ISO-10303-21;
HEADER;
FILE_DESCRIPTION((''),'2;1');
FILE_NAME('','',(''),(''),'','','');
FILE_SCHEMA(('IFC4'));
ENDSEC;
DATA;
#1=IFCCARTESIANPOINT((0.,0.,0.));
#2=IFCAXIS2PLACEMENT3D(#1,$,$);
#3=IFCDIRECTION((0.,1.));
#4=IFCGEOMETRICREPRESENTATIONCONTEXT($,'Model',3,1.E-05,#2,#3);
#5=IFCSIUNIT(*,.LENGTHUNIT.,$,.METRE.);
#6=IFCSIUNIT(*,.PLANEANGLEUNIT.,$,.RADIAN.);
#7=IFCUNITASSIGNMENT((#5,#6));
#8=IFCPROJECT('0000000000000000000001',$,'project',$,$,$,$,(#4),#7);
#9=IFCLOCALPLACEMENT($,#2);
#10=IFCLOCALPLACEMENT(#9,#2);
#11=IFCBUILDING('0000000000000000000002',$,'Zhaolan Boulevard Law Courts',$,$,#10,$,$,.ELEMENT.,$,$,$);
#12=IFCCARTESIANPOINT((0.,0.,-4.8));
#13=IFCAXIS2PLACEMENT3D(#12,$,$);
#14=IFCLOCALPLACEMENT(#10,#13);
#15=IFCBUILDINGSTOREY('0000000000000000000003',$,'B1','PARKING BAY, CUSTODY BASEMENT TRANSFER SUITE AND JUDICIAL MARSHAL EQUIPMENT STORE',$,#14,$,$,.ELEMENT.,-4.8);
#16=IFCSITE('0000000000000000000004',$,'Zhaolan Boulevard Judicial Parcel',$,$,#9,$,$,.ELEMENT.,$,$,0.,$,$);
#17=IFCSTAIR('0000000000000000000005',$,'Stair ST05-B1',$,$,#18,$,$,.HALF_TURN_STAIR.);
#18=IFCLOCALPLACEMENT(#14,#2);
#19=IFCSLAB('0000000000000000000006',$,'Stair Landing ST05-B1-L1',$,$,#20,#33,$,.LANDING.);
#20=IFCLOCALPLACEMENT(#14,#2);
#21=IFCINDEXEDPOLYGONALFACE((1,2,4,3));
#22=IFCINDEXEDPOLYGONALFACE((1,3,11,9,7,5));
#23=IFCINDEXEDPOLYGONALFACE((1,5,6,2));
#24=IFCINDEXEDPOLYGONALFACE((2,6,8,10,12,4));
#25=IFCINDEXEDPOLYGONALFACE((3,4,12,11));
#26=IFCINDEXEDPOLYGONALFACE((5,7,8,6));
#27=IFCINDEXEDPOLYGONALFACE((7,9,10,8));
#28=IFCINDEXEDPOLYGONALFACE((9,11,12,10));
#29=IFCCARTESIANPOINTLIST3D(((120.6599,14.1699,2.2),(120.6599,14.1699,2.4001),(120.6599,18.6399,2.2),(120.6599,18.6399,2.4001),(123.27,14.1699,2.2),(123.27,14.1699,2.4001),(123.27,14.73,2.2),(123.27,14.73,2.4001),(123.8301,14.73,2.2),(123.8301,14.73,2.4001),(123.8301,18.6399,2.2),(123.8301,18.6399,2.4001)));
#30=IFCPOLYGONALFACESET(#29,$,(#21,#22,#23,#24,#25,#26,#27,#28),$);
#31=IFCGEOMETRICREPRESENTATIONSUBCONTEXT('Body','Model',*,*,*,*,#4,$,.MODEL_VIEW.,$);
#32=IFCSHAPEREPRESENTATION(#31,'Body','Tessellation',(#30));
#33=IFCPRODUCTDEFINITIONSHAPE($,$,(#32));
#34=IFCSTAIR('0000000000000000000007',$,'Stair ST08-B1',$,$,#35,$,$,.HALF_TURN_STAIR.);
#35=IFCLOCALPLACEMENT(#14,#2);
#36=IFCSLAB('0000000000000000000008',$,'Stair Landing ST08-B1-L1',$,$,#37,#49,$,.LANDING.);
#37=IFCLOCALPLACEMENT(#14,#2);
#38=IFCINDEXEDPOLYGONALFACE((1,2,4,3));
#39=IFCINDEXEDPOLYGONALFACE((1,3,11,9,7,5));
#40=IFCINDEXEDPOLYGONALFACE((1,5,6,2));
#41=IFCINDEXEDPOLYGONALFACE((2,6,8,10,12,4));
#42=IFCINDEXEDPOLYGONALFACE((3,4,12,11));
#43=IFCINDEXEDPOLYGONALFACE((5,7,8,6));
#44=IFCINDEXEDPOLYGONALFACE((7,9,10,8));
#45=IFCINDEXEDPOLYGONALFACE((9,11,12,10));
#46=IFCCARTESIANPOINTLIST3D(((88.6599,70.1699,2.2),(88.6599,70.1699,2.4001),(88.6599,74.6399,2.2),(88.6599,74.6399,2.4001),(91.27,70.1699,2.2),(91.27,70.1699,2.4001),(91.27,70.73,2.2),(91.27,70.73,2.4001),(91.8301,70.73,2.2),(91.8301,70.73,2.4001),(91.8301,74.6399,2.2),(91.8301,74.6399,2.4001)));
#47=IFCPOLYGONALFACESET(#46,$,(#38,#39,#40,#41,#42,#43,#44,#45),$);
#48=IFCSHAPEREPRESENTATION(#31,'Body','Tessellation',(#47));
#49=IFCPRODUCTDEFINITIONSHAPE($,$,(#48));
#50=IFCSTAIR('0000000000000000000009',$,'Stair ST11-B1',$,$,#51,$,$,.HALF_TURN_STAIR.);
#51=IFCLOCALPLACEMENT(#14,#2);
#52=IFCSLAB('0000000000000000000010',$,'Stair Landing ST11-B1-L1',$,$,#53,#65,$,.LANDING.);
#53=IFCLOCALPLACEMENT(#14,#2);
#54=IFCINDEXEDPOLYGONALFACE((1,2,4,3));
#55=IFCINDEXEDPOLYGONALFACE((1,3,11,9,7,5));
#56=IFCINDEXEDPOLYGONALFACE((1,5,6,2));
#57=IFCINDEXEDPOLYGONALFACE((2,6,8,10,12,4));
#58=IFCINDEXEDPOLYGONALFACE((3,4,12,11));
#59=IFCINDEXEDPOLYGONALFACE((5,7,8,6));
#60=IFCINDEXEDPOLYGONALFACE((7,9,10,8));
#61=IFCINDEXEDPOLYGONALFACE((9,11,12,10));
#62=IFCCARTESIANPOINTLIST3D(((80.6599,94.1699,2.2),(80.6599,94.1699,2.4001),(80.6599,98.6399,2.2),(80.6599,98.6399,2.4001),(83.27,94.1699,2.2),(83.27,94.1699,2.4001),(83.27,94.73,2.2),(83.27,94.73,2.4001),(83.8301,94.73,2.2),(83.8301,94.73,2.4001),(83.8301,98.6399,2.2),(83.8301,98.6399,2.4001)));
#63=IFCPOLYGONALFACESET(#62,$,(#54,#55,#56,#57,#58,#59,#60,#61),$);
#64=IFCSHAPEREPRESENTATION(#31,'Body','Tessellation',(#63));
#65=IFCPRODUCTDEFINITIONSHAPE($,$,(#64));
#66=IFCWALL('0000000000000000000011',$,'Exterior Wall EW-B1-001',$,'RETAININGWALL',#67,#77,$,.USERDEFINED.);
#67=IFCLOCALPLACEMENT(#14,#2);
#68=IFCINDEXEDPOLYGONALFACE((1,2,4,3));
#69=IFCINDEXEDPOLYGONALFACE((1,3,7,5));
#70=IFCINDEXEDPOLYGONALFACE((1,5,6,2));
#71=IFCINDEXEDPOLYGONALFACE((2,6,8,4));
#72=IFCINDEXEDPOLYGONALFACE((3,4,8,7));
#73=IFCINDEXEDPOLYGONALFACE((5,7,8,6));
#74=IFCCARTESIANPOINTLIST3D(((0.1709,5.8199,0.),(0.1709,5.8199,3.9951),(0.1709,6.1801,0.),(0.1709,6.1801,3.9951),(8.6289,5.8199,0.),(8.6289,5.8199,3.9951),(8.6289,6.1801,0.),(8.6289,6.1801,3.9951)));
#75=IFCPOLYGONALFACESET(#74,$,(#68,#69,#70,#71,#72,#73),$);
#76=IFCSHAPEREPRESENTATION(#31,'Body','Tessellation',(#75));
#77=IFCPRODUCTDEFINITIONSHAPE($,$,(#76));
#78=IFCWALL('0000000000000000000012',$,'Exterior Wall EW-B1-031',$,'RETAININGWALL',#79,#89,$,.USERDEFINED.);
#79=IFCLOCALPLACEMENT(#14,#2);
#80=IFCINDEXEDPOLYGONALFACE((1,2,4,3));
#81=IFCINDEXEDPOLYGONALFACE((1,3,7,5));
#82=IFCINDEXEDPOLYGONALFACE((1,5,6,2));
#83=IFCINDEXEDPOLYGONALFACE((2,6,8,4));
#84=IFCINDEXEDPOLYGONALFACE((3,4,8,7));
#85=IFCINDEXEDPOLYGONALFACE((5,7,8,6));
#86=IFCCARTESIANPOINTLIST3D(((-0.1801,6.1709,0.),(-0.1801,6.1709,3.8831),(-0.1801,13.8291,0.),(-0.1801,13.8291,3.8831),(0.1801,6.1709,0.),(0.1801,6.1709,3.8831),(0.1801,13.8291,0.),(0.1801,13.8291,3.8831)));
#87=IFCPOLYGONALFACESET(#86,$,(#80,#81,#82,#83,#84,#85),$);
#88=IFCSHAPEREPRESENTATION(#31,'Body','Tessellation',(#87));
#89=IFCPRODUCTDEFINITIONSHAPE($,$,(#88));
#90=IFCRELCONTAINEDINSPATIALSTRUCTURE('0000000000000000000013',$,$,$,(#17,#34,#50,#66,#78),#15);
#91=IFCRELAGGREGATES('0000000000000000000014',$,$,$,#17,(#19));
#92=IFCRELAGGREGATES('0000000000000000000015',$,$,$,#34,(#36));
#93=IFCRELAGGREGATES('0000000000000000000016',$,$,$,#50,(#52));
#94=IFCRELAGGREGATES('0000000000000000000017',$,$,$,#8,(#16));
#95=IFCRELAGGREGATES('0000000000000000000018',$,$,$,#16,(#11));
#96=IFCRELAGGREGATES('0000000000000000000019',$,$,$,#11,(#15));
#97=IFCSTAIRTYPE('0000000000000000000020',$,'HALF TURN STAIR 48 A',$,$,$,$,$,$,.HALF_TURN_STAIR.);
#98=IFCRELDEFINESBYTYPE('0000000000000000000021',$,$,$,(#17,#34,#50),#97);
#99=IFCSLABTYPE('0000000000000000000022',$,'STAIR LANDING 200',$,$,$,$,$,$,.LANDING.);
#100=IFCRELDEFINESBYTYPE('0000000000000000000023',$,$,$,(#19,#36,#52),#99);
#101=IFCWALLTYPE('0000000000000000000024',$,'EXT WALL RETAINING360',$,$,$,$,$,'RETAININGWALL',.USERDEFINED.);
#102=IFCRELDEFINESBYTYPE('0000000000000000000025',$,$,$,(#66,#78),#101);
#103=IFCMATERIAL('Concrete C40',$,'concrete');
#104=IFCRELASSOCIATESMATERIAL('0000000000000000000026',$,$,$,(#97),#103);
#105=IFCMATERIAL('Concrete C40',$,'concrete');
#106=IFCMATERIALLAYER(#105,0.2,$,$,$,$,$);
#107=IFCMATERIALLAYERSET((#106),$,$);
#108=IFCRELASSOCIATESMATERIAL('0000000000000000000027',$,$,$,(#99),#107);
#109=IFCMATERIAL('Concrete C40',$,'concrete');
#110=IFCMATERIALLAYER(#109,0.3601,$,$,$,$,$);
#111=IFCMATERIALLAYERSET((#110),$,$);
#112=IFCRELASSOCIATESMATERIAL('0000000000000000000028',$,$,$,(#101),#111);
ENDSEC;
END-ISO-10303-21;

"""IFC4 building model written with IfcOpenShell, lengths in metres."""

from ifc_helpers import new_model, si_unit, direction, frame, frame_2d, origin, place, context, subcontext, project, spatial, polyline, rectangle, outline, extrude, material, layer, layer_set, type_object, element, aggregate, save


model = new_model("IFC4")

# Units and contexts
model_context = context("Model", 3, precision=1e-05, world=origin(), true_north=direction((0.0, 1.0)))
body_context = subcontext(model_context, "Body", "Model", "MODEL_VIEW")
ifc_project = project(units=[si_unit("LENGTHUNIT", "METRE"), si_unit("PLANEANGLEUNIT", "RADIAN")], contexts=[model_context])

# Site, building, storey
site_placement = place(None, origin())
site = spatial("IfcSite", under=ifc_project, at=site_placement, Name="Zhaolan Boulevard Judicial Parcel", CompositionType="ELEMENT", RefElevation=0.0)
building_placement = place(site_placement, origin())
building = spatial("IfcBuilding", under=site, at=building_placement, Name="Zhaolan Boulevard Law Courts", CompositionType="ELEMENT")
storey_placement = place(building_placement, frame((0.0, 0.0, -4.8)))
storey = spatial("IfcBuildingStorey", under=building, at=storey_placement, Name="B1", Description="PARKING BAY, CUSTODY BASEMENT TRANSFER SUITE AND JUDICIAL MARSHAL EQUIPMENT STORE", CompositionType="ELEMENT", Elevation=-4.8)

# Stairs, slabs
ifc_material_1 = material(Name="Concrete C40", Category="concrete")
stair_type = type_object("IfcStairType", Name="HALF TURN STAIR 48 A", PredefinedType="HALF_TURN_STAIR", material=ifc_material_1)
ifc_material_2 = material(Name="Concrete C40", Category="concrete")
ifc_layer_1 = layer(ifc_material_2, 0.2)
ifc_layer_set_1 = layer_set([ifc_layer_1])
slab_type_1 = type_object("IfcSlabType", Name="STAIR LANDING 200", PredefinedType="LANDING", material=ifc_layer_set_1)
stair_1_placement = place(storey_placement, origin())
stair_1 = element("IfcStair", 1, at=stair_1_placement, inside=storey, type_object=stair_type, Name="Stair ST05-B1", PredefinedType="HALF_TURN_STAIR")
slab_1_placement = place(storey_placement, frame((0.0, 0.0, 2.2)))
slab_1 = element("IfcSlab", 2, at=slab_1_placement, type_object=slab_type_1, Name="Stair Landing ST05-B1-L1", PredefinedType="LANDING", context=body_context, shape_type="SweptSolid", body=[
    extrude(outline(polyline([(120.6599, 14.1699), (123.27, 14.1699), (123.27, 14.73), (123.8301, 14.73), (123.8301, 18.6399), (120.6599, 18.6399), (120.6599, 14.1699)])), origin(), (0.0, 0.0, 1.0), 0.2002),
])
aggregate(stair_1, [slab_1])
stair_2_placement = place(storey_placement, origin())
stair_2 = element("IfcStair", 3, at=stair_2_placement, inside=storey, type_object=stair_type, Name="Stair ST08-B1", PredefinedType="HALF_TURN_STAIR")
slab_2_placement = place(storey_placement, frame((0.0, 0.0, 2.2)))
slab_2 = element("IfcSlab", 4, at=slab_2_placement, type_object=slab_type_1, Name="Stair Landing ST08-B1-L1", PredefinedType="LANDING", context=body_context, shape_type="SweptSolid", body=[
    extrude(outline(polyline([(88.6599, 70.1699), (91.27, 70.1699), (91.27, 70.73), (91.8301, 70.73), (91.8301, 74.6399), (88.6599, 74.6399), (88.6599, 70.1699)])), origin(), (0.0, 0.0, 1.0), 0.2002),
])
aggregate(stair_2, [slab_2])
stair_3_placement = place(storey_placement, origin())
stair_3 = element("IfcStair", 5, at=stair_3_placement, inside=storey, type_object=stair_type, Name="Stair ST11-B1", PredefinedType="HALF_TURN_STAIR")
slab_3_placement = place(storey_placement, frame((0.0, 0.0, 2.2)))
slab_3 = element("IfcSlab", 6, at=slab_3_placement, type_object=slab_type_1, Name="Stair Landing ST11-B1-L1", PredefinedType="LANDING", context=body_context, shape_type="SweptSolid", body=[
    extrude(outline(polyline([(80.6599, 94.1699), (83.27, 94.1699), (83.27, 94.73), (83.8301, 94.73), (83.8301, 98.6399), (80.6599, 98.6399), (80.6599, 94.1699)])), origin(), (0.0, 0.0, 1.0), 0.2002),
])
aggregate(stair_3, [slab_3])

# Walls
ifc_material_3 = material(Name="Concrete C40", Category="concrete")
ifc_layer_2 = layer(ifc_material_3, 0.3601)
ifc_layer_set_2 = layer_set([ifc_layer_2])
wall_type = type_object("IfcWallType", Name="EXT WALL RETAINING360", ElementType="RETAININGWALL", PredefinedType="USERDEFINED", material=ifc_layer_set_2)
wall_1_placement = place(storey_placement, frame((0.1709, 6.0, 0.0), z_axis=(0.0, 0.0, 1.0), x_axis=(1.0, 0.0, 0.0)))
element("IfcWall", 7, at=wall_1_placement, inside=storey, type_object=wall_type, Name="Exterior Wall EW-B1-001", ObjectType="RETAININGWALL", PredefinedType="USERDEFINED", context=body_context, shape_type="SweptSolid", body=[
    extrude(rectangle(XDim=8.458, YDim=0.3601, at=frame_2d((4.229, 0.0))), origin(), (0.0, 0.0, 1.0), 3.9951),
])
wall_2_placement = place(storey_placement, frame((0.0, 13.8291, 0.0), z_axis=(0.0, 0.0, 1.0), x_axis=(0.0, -1.0, 0.0)))
element("IfcWall", 8, at=wall_2_placement, inside=storey, type_object=wall_type, Name="Exterior Wall EW-B1-031", ObjectType="RETAININGWALL", PredefinedType="USERDEFINED", context=body_context, shape_type="SweptSolid", body=[
    extrude(rectangle(XDim=7.6582, YDim=0.3601, at=frame_2d((3.8291, 0.0))), origin(), (0.0, 0.0, 1.0), 3.8831),
])

save(model, "model.ifc")
